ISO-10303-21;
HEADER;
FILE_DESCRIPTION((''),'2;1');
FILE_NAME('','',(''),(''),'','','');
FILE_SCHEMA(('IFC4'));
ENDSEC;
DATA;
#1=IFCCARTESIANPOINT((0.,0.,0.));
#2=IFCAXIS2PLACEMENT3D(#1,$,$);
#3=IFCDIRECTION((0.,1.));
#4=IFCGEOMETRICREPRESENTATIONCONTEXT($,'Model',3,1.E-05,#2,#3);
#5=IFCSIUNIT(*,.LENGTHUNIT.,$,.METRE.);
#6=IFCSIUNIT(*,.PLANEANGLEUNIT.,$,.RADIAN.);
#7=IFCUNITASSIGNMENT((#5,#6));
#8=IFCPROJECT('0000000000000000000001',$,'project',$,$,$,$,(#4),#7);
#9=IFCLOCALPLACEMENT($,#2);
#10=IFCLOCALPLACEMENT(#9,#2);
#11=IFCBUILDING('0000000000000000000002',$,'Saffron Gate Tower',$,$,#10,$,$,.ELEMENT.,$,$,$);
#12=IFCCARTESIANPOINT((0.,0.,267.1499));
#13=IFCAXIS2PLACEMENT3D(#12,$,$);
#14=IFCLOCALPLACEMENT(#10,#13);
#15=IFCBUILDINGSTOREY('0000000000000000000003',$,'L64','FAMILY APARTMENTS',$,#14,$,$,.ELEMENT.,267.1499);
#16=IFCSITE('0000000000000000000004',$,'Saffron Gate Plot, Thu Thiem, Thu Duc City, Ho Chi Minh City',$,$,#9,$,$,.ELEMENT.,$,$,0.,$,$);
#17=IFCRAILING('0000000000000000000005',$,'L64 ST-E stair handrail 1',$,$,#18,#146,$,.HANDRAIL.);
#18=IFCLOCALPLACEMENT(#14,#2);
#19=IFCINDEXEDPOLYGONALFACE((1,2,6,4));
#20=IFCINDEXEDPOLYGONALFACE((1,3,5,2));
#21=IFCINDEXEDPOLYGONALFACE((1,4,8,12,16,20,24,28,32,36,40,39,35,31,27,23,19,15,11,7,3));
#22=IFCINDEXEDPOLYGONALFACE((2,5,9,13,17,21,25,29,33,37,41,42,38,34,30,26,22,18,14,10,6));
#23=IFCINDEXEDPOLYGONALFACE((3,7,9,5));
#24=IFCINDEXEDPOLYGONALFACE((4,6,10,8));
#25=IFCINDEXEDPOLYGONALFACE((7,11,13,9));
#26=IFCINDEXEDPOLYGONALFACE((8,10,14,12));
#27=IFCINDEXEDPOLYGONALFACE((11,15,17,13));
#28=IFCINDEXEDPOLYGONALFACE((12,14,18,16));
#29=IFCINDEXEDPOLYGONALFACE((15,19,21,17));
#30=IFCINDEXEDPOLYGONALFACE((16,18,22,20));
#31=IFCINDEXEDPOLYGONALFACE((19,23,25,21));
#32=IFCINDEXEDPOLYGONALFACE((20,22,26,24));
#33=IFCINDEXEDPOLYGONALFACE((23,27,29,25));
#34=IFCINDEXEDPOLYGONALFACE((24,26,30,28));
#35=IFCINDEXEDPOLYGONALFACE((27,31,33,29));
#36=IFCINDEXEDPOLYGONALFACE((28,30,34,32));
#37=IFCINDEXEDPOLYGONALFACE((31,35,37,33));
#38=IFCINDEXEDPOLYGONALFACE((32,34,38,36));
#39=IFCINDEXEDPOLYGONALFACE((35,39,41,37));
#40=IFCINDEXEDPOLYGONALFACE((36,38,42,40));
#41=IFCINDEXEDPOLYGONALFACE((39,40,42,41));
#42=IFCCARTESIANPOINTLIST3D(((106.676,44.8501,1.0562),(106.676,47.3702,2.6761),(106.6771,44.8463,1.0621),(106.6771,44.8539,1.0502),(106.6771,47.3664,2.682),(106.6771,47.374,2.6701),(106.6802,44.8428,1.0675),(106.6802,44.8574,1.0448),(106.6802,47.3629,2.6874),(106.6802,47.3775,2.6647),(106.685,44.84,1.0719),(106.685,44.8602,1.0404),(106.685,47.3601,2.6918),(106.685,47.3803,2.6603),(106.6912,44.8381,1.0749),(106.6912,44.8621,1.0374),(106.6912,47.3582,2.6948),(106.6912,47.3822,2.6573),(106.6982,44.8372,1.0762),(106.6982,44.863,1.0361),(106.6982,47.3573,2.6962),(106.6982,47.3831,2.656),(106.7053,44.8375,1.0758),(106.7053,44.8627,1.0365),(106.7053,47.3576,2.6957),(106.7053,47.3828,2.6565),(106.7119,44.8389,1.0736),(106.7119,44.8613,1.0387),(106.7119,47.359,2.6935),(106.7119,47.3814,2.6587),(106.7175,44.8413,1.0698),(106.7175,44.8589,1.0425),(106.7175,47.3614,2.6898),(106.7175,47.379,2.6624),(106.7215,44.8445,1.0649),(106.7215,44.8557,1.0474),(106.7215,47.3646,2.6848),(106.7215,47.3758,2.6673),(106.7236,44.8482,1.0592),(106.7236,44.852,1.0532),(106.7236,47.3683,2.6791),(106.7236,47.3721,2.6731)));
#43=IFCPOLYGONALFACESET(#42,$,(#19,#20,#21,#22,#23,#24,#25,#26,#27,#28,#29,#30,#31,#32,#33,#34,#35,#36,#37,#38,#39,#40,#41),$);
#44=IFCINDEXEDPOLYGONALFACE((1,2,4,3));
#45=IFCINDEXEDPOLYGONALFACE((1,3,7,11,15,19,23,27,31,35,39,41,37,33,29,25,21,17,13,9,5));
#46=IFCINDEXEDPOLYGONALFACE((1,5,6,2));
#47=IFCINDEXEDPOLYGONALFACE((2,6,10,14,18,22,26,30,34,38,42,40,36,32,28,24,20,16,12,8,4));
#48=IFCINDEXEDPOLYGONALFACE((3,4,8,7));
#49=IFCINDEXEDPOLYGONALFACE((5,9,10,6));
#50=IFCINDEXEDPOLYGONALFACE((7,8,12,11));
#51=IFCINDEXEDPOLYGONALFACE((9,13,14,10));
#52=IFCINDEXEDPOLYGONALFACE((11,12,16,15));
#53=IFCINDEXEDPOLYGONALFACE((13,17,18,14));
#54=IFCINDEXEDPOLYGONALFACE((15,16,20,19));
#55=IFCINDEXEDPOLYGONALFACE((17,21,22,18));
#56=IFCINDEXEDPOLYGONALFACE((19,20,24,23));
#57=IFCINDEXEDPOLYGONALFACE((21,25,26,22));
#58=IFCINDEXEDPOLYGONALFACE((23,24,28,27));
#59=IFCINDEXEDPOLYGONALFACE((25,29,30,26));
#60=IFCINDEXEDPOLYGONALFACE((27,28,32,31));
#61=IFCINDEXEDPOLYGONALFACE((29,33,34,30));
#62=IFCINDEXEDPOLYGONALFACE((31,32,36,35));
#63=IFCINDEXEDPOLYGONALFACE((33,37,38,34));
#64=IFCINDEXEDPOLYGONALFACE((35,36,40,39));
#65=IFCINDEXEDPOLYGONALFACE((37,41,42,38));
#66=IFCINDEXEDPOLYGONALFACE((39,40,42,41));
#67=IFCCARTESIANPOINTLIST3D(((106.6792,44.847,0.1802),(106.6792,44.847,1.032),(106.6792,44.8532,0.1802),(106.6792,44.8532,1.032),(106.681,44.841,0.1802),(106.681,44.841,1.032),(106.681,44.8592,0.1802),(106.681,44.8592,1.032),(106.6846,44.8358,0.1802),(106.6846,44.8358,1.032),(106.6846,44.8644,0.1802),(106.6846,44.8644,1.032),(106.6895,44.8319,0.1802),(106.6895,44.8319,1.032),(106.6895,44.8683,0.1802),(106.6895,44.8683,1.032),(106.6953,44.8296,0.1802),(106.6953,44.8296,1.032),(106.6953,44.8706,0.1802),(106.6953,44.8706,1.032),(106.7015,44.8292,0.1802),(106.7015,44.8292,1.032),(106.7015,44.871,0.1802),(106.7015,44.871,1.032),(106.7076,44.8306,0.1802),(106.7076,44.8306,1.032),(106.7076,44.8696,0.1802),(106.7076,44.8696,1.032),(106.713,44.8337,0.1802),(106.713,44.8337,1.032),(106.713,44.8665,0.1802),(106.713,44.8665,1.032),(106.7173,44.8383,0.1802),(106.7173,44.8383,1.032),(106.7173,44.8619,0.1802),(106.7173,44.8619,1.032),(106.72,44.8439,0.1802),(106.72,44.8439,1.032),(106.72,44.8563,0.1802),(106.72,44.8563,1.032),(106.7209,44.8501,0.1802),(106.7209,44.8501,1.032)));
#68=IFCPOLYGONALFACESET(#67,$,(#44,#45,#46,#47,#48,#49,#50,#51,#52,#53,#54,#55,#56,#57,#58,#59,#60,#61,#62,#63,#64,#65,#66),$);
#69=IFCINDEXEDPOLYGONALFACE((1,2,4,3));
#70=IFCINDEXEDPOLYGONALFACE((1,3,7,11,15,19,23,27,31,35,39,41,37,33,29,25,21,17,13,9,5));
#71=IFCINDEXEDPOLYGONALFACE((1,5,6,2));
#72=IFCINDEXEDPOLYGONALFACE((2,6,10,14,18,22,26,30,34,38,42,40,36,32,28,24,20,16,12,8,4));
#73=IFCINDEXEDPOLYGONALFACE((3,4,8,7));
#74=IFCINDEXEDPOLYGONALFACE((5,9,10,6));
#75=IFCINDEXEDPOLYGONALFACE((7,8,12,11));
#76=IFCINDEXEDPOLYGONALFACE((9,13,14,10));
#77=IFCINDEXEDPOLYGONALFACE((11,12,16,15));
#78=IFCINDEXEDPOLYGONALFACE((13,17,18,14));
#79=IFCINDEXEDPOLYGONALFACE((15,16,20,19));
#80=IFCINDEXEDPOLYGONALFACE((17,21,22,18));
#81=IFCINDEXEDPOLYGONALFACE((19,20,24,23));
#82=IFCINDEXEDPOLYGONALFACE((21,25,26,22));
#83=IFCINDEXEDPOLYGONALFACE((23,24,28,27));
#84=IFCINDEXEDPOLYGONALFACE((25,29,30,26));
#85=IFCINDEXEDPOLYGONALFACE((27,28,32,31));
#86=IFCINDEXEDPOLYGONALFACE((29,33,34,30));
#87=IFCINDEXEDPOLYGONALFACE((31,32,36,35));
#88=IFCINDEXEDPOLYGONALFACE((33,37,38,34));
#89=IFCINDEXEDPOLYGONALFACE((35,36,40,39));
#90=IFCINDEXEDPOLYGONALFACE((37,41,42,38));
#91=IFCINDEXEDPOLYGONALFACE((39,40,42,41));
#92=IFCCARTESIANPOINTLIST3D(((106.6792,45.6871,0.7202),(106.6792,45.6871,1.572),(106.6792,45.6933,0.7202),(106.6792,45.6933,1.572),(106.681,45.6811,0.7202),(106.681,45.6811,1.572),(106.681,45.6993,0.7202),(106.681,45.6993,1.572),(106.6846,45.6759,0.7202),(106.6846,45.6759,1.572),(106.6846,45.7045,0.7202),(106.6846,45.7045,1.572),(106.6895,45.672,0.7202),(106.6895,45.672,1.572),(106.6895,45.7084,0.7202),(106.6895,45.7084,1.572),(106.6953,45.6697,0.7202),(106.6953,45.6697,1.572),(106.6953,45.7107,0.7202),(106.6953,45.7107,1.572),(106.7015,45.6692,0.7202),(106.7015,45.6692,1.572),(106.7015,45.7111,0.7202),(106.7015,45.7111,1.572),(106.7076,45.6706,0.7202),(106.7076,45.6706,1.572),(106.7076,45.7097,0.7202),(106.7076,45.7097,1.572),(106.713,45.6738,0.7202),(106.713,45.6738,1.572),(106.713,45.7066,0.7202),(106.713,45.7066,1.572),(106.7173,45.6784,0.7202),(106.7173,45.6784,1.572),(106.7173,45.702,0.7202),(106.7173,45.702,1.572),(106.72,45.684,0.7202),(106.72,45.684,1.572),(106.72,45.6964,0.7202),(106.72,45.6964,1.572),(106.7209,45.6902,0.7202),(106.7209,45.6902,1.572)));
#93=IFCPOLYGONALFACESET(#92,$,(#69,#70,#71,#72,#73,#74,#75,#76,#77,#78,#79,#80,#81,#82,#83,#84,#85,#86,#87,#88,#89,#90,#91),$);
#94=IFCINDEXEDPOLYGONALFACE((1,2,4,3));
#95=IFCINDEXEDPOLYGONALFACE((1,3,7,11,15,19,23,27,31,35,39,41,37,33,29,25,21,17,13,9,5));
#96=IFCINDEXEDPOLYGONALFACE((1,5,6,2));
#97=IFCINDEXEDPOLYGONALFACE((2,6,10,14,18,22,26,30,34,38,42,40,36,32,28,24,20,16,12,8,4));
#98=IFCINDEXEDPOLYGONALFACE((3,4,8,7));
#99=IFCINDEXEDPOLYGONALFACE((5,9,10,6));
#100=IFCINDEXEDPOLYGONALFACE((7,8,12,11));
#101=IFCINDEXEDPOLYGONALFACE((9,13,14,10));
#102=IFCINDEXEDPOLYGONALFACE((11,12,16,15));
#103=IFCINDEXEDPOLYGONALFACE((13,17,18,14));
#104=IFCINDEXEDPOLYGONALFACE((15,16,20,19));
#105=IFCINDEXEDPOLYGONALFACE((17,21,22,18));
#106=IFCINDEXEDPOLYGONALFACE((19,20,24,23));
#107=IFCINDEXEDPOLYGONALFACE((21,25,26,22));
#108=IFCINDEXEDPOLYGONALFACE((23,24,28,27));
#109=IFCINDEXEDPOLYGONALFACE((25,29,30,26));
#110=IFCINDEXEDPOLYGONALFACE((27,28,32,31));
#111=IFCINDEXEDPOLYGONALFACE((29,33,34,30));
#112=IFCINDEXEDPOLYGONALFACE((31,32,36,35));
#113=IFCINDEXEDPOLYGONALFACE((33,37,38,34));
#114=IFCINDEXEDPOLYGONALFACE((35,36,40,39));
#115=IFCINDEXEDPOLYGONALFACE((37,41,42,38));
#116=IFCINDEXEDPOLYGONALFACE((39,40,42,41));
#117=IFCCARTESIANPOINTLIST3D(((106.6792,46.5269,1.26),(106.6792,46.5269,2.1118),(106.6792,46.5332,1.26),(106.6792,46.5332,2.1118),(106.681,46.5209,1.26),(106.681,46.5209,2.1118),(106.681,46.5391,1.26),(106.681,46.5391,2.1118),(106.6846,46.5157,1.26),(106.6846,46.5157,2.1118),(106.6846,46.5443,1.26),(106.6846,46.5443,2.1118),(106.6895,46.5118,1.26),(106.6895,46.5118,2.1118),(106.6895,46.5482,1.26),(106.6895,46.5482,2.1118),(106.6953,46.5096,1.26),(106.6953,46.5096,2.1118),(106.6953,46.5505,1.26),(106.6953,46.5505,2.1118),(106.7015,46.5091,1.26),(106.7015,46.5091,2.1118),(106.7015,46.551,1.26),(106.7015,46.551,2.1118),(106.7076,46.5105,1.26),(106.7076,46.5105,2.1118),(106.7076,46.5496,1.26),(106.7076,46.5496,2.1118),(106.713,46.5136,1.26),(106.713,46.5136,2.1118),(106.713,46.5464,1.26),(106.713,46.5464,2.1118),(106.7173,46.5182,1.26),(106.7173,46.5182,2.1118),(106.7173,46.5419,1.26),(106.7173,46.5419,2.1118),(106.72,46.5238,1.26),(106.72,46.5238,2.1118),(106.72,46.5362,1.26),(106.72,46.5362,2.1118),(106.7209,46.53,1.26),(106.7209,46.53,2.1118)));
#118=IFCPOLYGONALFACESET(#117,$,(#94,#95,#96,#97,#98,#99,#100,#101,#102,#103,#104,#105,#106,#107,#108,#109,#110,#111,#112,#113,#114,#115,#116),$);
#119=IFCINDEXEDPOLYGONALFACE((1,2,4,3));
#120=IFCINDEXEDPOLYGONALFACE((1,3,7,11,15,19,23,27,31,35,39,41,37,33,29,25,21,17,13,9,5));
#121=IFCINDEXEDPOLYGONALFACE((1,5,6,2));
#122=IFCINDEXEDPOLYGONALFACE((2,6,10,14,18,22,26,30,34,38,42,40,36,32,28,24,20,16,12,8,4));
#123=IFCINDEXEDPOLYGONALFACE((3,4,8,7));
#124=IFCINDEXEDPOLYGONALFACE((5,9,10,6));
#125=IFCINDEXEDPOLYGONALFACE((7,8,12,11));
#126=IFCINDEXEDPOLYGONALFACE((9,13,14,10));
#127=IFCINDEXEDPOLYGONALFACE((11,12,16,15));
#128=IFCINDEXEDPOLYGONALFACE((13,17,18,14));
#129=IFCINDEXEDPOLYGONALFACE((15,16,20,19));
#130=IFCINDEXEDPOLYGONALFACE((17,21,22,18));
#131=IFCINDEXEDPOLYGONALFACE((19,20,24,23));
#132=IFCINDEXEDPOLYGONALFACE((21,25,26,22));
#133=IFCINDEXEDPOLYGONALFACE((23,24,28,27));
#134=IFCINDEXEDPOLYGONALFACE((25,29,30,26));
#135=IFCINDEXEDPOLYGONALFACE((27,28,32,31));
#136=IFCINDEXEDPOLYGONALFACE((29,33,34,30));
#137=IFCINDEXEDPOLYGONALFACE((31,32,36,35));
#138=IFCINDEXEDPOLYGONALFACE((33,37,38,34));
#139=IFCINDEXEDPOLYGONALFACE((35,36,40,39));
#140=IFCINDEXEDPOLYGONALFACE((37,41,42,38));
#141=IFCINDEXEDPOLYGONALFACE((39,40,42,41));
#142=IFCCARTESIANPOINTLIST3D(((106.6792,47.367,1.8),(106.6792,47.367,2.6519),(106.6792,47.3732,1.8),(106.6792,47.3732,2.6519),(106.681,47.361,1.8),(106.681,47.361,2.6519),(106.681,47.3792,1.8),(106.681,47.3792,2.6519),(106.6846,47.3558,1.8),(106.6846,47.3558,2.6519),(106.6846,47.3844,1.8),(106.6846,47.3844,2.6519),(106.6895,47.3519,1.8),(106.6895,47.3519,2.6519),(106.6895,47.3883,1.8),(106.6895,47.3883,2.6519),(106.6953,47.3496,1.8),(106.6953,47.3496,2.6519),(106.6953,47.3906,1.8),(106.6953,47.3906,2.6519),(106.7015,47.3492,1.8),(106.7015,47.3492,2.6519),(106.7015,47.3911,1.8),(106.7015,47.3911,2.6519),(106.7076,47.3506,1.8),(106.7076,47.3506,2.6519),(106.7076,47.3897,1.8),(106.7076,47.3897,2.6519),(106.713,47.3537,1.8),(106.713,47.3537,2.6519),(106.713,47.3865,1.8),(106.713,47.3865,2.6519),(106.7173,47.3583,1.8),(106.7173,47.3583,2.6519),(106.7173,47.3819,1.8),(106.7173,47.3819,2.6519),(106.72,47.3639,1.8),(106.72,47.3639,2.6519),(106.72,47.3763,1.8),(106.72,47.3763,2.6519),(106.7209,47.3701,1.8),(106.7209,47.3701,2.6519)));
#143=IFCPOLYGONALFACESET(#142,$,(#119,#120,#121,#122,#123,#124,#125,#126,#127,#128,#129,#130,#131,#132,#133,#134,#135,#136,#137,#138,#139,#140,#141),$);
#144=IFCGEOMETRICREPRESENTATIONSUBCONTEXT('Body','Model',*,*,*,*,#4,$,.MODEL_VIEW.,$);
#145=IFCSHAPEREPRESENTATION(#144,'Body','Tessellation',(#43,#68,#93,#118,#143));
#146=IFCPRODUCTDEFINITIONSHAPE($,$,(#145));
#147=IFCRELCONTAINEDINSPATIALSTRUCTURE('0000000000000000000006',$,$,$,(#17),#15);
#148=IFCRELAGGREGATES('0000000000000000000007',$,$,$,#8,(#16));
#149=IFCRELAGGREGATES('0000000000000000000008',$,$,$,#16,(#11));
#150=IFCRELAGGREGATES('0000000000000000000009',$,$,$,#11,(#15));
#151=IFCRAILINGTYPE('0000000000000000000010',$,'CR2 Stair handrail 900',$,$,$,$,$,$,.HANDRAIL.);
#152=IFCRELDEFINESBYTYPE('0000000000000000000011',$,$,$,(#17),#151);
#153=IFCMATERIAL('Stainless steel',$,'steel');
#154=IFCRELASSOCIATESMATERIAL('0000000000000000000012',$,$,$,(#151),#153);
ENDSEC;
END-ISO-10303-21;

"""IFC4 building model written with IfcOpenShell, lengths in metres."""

from ifc_helpers import new_model, si_unit, direction, frame, origin, origin_2d, place, context, subcontext, project, spatial, circle, extrude, material, type_object, element, save


model = new_model("IFC4")

# Units and contexts
model_context = context("Model", 3, precision=1e-05, world=origin(), true_north=direction((0.0, 1.0)))
body_context = subcontext(model_context, "Body", "Model", "MODEL_VIEW")
ifc_project = project(units=[si_unit("LENGTHUNIT", "METRE"), si_unit("PLANEANGLEUNIT", "RADIAN")], contexts=[model_context])

# Site, building, storey
site_placement = place(None, origin())
site = spatial("IfcSite", under=ifc_project, at=site_placement, Name="Saffron Gate Plot, Thu Thiem, Thu Duc City, Ho Chi Minh City", CompositionType="ELEMENT", RefElevation=0.0)
building_placement = place(site_placement, origin())
building = spatial("IfcBuilding", under=site, at=building_placement, Name="Saffron Gate Tower", CompositionType="ELEMENT")
storey_placement = place(building_placement, frame((0.0, 0.0, 267.1499)))
storey = spatial("IfcBuildingStorey", under=building, at=storey_placement, Name="L64", Description="FAMILY APARTMENTS", CompositionType="ELEMENT", Elevation=267.1499)

# Railing
ifc_material_1 = material(Name="Stainless steel", Category="steel")
railing_type_1 = type_object("IfcRailingType", Name="CR2 Stair handrail 900", PredefinedType="HANDRAIL", material=ifc_material_1)
railing_1_placement = place(storey_placement, frame((106.7, 44.8501, 0.1802)))
element("IfcRailing", 1, at=railing_1_placement, inside=storey, type_object=railing_type_1, Name="L64 ST-E stair handrail 1", PredefinedType="HANDRAIL", context=body_context, shape_type="SweptSolid", body=[
    extrude(circle(Radius=0.0239, at=origin_2d()), frame((0.0, 0.0, 0.876), z_axis=(0.0, 0.8412, 0.540725), x_axis=(-1.0, 0.0, 0.0)), (0.0, 0.0, 1.0), 2.9958),
    extrude(circle(Radius=0.021, at=origin_2d()), origin(), (0.0, 0.0, 1.0), 0.8518),
    extrude(circle(Radius=0.021, at=origin_2d()), frame((0.0, 0.8401, 0.54)), (0.0, 0.0, 1.0), 0.8518),
    extrude(circle(Radius=0.021, at=origin_2d()), frame((0.0, 1.6799, 1.0798)), (0.0, 0.0, 1.0), 0.8518),
    extrude(circle(Radius=0.021, at=origin_2d()), frame((0.0, 2.52, 1.6199)), (0.0, 0.0, 1.0), 0.8518),
])

save(model, "model.ifc")
